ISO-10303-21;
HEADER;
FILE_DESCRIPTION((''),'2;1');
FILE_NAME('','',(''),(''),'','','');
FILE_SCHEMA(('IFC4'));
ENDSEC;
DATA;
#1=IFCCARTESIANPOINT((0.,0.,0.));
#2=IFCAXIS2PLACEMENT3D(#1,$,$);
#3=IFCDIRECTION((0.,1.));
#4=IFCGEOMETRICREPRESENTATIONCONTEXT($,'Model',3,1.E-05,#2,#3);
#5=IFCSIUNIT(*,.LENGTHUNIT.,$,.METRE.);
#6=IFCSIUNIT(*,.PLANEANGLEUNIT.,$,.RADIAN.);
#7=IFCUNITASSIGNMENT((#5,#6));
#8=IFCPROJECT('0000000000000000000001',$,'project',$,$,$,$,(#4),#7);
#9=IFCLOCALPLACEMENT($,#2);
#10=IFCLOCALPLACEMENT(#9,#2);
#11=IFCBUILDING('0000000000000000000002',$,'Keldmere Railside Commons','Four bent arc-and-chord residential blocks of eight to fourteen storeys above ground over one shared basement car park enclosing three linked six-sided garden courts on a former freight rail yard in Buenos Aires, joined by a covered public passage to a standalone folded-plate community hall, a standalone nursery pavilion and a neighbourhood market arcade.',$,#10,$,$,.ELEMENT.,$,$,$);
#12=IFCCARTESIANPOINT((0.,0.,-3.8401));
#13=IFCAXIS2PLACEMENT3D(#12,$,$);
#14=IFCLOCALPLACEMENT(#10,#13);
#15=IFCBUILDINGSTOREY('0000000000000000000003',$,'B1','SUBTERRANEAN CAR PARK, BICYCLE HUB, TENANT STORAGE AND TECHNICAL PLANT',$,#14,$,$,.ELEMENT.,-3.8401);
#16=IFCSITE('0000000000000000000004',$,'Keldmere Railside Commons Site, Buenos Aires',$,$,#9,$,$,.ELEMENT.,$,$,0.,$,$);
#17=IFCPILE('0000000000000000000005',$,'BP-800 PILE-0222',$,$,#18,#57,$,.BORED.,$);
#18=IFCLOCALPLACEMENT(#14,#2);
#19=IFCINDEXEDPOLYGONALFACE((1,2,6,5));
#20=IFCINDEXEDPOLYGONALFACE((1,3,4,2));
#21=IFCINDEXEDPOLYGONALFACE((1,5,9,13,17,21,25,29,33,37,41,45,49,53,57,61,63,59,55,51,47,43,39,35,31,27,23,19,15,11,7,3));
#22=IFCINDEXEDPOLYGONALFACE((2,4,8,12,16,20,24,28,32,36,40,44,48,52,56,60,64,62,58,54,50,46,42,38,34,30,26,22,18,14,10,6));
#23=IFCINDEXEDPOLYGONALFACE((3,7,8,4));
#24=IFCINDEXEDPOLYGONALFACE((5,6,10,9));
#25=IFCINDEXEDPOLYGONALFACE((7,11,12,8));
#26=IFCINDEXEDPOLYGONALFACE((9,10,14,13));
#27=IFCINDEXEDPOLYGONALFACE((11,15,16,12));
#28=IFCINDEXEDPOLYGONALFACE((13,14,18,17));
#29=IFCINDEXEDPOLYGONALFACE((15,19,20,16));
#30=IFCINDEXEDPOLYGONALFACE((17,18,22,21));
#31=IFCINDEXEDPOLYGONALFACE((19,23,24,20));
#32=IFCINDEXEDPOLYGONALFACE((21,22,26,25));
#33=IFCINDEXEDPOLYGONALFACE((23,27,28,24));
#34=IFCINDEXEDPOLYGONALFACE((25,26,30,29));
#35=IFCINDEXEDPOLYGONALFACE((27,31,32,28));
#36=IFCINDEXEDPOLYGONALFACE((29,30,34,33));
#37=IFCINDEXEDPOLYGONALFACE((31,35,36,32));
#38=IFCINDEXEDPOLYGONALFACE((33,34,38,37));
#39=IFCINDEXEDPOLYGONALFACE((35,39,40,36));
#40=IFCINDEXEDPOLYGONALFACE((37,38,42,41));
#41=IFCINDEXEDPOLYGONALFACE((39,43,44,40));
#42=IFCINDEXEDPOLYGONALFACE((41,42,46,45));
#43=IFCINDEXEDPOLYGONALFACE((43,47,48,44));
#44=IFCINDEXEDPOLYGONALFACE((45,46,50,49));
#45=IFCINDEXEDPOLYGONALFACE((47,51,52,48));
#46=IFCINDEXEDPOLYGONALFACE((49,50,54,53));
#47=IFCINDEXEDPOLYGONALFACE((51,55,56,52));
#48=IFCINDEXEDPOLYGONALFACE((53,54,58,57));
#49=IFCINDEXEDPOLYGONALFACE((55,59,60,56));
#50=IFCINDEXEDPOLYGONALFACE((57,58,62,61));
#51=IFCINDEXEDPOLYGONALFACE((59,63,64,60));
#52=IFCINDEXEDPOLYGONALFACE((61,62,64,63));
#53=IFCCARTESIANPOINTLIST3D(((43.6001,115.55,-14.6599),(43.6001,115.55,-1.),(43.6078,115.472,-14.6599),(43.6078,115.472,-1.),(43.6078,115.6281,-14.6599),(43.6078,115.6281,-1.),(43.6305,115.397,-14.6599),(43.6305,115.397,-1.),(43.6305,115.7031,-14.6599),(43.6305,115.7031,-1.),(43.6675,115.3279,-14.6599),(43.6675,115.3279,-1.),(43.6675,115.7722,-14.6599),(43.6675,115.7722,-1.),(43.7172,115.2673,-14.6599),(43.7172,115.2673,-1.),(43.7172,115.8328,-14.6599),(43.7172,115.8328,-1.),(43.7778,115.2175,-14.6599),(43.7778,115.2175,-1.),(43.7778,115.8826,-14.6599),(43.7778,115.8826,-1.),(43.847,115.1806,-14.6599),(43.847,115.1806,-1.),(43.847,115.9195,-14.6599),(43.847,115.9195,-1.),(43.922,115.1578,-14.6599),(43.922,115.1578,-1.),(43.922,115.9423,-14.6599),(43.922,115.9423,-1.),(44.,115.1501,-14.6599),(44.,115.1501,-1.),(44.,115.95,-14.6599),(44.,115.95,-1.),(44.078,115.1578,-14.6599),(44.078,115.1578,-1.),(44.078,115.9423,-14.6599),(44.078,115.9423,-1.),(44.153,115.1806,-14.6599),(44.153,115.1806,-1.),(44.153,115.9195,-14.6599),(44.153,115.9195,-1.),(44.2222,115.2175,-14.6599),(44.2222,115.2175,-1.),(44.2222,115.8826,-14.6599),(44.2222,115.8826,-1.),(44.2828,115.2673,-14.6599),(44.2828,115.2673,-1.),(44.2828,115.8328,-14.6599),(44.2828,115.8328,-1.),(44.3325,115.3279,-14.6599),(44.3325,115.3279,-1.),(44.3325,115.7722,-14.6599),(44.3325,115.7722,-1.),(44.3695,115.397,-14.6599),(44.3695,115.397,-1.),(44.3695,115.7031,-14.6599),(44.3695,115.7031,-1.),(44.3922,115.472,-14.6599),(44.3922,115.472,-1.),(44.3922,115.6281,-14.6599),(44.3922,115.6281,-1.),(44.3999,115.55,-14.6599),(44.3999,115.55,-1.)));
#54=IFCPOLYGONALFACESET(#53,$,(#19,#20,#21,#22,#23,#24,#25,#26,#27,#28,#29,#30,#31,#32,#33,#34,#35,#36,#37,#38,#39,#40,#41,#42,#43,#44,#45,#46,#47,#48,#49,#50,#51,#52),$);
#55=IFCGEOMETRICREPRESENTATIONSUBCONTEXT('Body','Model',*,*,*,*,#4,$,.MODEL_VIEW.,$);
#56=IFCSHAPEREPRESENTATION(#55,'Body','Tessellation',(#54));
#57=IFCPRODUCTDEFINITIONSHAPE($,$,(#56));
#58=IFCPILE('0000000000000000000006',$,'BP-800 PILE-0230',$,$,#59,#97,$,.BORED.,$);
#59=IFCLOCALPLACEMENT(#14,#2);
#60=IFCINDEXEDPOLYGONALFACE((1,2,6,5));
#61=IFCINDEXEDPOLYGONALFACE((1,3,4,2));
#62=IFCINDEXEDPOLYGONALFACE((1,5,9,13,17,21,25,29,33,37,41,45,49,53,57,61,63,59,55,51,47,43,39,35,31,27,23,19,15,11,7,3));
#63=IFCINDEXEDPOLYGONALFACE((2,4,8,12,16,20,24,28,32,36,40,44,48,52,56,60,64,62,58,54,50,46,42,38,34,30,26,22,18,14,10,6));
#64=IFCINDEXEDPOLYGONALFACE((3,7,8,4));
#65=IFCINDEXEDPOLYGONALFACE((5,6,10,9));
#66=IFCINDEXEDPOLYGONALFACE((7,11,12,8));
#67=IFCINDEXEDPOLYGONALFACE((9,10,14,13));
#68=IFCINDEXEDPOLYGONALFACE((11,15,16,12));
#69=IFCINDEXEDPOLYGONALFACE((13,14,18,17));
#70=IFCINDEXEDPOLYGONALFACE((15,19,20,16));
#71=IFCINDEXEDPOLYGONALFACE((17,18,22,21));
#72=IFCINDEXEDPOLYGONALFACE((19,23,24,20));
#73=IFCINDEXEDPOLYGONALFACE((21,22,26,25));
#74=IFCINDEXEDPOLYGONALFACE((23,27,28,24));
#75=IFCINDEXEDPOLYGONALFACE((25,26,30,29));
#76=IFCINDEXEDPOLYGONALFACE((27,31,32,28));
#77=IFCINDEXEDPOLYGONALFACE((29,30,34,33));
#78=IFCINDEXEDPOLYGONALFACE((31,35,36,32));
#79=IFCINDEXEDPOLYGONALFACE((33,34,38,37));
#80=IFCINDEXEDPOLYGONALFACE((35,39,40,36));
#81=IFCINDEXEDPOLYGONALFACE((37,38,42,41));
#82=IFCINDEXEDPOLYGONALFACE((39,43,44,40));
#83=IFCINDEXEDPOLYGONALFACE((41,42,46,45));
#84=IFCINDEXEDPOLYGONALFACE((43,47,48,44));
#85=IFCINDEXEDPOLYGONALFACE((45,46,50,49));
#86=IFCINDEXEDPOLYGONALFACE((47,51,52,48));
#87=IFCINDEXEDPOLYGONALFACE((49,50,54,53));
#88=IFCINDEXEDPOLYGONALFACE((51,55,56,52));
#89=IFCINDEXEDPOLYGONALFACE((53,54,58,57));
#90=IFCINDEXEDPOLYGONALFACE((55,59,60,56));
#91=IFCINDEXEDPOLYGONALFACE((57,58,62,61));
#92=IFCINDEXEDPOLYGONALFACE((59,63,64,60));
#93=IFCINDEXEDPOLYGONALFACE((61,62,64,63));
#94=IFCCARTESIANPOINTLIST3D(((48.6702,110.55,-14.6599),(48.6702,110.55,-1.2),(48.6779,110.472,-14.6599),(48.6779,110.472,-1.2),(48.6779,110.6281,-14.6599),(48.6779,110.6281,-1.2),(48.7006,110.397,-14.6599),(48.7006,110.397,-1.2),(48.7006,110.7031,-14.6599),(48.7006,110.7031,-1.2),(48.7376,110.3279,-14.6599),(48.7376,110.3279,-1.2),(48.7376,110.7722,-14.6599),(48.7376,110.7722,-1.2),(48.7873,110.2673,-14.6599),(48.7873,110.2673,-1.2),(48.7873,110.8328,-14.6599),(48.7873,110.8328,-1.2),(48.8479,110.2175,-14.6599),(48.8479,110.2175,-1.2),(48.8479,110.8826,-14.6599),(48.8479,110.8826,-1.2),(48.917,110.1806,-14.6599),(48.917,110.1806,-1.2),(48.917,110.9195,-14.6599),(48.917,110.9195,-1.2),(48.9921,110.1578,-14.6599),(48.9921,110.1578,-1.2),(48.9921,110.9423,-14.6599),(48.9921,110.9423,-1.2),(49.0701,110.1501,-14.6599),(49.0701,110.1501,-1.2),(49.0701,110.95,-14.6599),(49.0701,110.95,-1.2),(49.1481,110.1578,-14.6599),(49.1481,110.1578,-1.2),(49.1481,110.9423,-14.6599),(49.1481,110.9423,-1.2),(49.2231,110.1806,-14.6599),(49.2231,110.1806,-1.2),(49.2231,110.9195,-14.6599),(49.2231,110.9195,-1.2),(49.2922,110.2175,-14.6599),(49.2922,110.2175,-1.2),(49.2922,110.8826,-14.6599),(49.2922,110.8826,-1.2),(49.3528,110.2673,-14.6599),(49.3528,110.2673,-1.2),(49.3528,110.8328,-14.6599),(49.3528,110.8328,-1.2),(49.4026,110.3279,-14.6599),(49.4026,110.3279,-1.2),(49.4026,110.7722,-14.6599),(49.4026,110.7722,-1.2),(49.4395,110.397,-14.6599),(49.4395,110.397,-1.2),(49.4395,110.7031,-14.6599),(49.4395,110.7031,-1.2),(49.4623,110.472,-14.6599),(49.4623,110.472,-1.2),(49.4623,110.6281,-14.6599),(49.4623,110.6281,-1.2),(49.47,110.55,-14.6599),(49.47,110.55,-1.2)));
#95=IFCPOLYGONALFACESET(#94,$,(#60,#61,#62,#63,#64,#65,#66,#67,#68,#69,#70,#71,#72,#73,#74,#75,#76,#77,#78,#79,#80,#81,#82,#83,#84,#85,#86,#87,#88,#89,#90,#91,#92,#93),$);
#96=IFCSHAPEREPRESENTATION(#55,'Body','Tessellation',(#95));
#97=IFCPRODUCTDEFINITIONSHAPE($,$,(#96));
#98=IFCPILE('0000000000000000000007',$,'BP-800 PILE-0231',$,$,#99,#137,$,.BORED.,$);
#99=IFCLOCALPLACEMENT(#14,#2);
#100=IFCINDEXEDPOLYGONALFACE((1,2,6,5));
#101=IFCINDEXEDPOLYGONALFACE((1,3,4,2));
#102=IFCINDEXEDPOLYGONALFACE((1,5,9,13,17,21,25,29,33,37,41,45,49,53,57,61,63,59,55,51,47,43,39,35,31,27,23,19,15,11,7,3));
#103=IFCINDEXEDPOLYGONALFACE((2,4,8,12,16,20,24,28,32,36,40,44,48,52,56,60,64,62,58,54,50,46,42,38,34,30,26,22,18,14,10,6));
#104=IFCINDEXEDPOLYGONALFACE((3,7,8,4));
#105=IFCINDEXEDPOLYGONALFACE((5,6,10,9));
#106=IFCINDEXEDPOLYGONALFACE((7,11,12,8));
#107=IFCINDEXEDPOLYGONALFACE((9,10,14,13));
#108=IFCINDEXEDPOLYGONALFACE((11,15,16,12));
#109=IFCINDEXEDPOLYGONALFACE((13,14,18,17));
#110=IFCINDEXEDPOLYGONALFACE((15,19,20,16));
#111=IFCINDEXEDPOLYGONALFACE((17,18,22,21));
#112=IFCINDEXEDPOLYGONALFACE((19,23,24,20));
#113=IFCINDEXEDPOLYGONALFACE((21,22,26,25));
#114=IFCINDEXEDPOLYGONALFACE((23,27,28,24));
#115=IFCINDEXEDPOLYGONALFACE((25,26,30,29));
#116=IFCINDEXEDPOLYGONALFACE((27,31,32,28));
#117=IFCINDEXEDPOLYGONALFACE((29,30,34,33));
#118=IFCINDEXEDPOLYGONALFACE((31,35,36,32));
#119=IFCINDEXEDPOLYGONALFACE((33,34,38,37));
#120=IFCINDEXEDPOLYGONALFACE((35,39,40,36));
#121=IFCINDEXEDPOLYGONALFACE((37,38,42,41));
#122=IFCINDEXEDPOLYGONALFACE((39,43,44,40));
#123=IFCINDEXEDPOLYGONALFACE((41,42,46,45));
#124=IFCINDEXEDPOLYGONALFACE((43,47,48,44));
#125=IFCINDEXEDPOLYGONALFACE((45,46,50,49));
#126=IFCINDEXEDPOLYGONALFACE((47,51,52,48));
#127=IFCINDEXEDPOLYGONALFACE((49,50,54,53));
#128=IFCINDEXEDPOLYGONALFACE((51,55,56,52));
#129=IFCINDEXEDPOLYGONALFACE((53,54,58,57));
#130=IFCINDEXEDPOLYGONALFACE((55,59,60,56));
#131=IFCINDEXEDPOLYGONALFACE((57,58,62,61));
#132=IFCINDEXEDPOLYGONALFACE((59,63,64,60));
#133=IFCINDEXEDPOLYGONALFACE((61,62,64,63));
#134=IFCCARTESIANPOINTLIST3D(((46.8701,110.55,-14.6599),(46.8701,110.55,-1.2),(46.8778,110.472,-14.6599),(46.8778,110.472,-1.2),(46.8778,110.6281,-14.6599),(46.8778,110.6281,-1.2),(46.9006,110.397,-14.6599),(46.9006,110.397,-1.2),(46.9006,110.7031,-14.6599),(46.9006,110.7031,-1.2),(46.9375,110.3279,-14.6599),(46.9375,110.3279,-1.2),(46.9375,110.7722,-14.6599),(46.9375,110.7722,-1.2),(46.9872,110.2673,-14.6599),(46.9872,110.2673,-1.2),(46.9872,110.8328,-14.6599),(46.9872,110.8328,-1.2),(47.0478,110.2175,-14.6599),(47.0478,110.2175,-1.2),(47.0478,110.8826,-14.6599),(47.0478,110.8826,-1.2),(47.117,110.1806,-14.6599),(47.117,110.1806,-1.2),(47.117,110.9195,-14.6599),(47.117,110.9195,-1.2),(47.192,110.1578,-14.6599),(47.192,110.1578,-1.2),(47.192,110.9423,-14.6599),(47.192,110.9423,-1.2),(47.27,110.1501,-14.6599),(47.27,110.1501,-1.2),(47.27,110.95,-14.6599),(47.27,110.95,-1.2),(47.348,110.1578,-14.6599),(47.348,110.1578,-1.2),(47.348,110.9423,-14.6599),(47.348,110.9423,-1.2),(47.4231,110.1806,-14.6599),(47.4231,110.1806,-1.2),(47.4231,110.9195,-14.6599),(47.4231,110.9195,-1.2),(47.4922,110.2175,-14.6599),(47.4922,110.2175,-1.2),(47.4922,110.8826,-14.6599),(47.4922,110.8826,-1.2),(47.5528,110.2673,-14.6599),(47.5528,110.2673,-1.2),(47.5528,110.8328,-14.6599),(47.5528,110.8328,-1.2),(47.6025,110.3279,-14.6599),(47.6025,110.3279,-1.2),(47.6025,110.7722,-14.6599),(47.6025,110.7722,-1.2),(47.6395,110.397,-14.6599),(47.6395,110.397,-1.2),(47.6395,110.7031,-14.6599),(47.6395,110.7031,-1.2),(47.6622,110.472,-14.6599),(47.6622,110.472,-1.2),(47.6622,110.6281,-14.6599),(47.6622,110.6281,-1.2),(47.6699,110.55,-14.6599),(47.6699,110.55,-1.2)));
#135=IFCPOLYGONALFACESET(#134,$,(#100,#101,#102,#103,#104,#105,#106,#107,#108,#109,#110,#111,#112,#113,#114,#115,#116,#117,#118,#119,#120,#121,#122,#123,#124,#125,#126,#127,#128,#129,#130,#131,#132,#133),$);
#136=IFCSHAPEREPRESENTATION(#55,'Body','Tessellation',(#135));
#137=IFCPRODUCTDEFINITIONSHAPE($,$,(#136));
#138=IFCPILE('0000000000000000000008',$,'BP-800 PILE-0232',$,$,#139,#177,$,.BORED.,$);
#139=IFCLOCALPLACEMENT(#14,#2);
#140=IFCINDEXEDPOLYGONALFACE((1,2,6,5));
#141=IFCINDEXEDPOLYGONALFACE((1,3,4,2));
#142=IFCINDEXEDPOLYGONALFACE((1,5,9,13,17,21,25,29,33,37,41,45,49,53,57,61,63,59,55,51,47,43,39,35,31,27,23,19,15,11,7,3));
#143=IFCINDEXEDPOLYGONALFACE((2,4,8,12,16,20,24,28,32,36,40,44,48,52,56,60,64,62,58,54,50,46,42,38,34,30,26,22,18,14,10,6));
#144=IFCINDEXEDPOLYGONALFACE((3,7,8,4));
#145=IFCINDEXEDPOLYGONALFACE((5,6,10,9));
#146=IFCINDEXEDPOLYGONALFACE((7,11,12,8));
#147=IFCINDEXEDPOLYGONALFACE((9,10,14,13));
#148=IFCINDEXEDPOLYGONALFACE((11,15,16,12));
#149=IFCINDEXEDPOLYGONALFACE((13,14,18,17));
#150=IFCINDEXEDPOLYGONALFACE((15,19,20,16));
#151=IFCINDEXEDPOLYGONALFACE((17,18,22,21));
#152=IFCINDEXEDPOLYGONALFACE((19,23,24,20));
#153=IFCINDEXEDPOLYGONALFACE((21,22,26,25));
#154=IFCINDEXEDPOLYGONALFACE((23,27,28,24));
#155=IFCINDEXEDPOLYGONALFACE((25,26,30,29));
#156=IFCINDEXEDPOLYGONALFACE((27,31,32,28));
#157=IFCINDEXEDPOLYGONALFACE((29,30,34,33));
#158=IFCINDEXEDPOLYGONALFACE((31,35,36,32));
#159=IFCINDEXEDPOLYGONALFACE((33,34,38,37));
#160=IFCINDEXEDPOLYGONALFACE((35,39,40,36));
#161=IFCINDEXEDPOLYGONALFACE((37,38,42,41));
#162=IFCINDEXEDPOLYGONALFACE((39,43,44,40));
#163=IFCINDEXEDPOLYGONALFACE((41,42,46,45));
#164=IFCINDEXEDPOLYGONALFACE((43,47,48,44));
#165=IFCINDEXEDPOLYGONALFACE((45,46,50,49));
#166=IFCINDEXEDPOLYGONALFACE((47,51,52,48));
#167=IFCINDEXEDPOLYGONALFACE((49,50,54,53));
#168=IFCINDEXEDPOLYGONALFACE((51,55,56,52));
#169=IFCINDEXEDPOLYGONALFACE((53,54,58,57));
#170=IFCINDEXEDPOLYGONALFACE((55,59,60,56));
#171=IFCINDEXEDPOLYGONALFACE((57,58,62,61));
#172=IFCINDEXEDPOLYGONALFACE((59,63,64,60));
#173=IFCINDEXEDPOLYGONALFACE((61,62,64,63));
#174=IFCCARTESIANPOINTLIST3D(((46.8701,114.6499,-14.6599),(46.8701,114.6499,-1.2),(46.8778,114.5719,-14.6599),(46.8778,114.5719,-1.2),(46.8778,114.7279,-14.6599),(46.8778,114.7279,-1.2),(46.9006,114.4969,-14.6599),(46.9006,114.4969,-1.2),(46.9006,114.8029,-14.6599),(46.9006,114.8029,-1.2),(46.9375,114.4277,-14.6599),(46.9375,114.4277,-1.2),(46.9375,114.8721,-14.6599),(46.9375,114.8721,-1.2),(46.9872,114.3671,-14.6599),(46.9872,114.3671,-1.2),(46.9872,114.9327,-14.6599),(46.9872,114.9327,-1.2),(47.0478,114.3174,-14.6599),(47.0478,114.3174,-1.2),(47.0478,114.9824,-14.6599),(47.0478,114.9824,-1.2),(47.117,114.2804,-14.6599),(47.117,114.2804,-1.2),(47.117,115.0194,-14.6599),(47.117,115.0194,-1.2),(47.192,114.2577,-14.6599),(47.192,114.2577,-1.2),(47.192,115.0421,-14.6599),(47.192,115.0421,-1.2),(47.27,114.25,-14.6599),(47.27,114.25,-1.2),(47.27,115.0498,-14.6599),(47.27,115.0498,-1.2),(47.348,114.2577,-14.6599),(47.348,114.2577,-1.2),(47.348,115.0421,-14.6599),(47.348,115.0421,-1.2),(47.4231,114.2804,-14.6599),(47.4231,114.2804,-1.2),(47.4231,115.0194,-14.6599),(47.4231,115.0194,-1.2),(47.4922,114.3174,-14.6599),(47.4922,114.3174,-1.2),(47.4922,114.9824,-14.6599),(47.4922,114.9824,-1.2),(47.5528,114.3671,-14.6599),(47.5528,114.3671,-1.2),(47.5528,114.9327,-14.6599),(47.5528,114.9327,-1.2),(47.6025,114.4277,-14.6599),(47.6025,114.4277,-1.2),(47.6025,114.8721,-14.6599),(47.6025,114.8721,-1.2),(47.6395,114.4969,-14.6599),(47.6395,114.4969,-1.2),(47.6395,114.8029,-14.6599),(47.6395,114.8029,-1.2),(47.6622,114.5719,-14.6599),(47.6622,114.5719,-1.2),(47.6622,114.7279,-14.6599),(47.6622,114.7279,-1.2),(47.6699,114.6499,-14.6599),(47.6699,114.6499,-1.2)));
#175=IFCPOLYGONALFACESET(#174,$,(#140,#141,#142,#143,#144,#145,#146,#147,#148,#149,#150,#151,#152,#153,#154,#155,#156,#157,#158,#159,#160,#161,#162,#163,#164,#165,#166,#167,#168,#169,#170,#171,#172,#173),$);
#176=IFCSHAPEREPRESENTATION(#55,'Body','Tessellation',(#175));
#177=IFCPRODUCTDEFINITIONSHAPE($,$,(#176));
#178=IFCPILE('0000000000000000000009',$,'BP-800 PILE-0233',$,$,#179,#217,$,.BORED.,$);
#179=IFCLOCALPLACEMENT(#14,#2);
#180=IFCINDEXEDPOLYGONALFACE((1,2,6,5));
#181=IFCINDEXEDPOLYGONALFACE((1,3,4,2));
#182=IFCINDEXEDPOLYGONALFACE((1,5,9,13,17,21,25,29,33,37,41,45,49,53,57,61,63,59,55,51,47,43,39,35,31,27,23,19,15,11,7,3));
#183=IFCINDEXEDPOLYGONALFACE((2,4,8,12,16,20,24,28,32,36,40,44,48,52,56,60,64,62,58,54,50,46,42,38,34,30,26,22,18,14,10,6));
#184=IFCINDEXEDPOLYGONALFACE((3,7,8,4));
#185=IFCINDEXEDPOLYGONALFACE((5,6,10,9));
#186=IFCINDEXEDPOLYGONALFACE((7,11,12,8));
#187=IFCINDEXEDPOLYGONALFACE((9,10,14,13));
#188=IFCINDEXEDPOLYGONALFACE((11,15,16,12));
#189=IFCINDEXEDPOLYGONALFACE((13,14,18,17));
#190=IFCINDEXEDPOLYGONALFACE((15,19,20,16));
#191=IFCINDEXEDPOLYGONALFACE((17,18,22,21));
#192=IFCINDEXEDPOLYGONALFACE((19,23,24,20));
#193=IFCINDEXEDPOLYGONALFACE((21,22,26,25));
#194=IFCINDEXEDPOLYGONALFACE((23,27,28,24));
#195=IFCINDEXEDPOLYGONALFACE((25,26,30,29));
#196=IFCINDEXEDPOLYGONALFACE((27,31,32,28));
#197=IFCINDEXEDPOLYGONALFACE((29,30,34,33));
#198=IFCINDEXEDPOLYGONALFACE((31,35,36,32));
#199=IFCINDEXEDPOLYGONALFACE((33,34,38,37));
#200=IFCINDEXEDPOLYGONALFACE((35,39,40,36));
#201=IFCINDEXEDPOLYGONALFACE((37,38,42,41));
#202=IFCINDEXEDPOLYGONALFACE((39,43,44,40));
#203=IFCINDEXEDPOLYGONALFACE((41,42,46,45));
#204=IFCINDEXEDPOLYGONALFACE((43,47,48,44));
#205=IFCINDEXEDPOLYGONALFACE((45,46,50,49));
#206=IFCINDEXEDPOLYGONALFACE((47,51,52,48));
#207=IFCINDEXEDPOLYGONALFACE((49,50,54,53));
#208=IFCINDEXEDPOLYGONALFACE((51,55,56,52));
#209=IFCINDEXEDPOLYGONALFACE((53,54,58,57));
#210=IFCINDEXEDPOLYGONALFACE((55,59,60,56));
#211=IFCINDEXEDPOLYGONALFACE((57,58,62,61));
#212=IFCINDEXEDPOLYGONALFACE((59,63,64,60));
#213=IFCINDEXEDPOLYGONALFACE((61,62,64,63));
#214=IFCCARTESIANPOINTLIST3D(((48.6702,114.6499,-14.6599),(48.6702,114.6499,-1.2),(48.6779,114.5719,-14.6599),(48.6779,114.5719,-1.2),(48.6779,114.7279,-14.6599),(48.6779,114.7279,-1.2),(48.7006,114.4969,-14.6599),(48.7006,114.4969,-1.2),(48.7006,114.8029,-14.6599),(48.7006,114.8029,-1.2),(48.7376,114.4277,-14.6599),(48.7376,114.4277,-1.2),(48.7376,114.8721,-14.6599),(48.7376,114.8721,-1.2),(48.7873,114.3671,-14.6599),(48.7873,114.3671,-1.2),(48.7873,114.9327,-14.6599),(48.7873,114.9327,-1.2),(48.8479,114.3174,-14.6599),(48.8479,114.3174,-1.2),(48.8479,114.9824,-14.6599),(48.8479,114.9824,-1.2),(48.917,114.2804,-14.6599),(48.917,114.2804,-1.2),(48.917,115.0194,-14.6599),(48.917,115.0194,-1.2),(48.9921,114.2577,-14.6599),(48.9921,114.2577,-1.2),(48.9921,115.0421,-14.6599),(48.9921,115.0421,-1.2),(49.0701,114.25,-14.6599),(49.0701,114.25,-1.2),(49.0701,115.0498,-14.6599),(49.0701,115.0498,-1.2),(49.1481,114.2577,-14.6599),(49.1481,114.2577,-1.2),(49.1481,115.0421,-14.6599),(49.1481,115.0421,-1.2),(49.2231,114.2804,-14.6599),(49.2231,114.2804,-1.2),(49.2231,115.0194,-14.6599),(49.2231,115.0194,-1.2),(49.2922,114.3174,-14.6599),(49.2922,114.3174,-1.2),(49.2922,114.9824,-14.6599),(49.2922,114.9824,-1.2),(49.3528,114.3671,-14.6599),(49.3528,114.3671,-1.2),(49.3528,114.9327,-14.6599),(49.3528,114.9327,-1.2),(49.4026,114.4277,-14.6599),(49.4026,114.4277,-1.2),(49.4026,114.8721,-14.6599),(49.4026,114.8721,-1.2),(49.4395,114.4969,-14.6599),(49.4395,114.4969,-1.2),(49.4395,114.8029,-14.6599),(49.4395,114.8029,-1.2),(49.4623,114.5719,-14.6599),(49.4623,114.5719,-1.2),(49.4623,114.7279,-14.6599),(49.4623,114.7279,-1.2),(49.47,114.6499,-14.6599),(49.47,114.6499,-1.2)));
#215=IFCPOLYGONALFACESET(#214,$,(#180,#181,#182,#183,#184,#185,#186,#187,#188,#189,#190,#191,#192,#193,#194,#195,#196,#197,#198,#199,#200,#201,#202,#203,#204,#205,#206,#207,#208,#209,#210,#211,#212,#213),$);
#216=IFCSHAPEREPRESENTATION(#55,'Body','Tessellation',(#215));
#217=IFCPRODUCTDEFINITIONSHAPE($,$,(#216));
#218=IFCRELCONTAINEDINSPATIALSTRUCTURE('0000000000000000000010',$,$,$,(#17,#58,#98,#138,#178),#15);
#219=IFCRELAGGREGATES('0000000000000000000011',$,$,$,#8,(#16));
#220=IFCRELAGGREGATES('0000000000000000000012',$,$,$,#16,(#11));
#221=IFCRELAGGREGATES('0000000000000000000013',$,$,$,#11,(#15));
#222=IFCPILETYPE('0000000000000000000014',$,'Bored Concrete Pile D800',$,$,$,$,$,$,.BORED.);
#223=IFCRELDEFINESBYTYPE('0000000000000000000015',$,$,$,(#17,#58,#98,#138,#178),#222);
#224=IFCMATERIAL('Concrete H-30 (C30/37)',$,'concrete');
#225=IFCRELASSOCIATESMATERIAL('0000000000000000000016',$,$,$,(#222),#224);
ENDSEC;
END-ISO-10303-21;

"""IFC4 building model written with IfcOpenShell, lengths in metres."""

from ifc_helpers import new_model, si_unit, direction, frame, origin, origin_2d, place, context, subcontext, project, spatial, circle, extrude, material, material_profile, profile_set, type_object, element, save


model = new_model("IFC4")

# Units and contexts
model_context = context("Model", 3, precision=1e-05, world=origin(), true_north=direction((0.0, 1.0)))
body_context = subcontext(model_context, "Body", "Model", "MODEL_VIEW")
ifc_project = project(units=[si_unit("LENGTHUNIT", "METRE"), si_unit("PLANEANGLEUNIT", "RADIAN")], contexts=[model_context])

# Site, building, storey
site_placement = place(None, origin())
site = spatial("IfcSite", under=ifc_project, at=site_placement, Name="Keldmere Railside Commons Site, Buenos Aires", CompositionType="ELEMENT", RefElevation=0.0)
building_placement = place(site_placement, origin())
building = spatial("IfcBuilding", under=site, at=building_placement, Name="Keldmere Railside Commons", Description="Four bent arc-and-chord residential blocks of eight to fourteen storeys above ground over one shared basement car park enclosing three linked six-sided garden courts on a former freight rail yard in Buenos Aires, joined by a covered public passage to a standalone folded-plate community hall, a standalone nursery pavilion and a neighbourhood market arcade.", CompositionType="ELEMENT")
storey_placement = place(building_placement, frame((0.0, 0.0, -3.8401)))
storey = spatial("IfcBuildingStorey", under=building, at=storey_placement, Name="B1", Description="SUBTERRANEAN CAR PARK, BICYCLE HUB, TENANT STORAGE AND TECHNICAL PLANT", CompositionType="ELEMENT", Elevation=-3.8401)

# Piles
ifc_material_1 = material(Name="Concrete H-30 (C30/37)", Category="concrete")
ifc_material_profile_1 = material_profile(ifc_material_1, circle(Radius=0.3999, at=origin_2d()), Name="PILE-D800")
ifc_profile_set_1 = profile_set([ifc_material_profile_1], Name="Concrete H-30 (C30/37)")
pile_type = type_object("IfcPileType", Name="Bored Concrete Pile D800", PredefinedType="BORED", material=ifc_profile_set_1)
pile_placement = place(storey_placement, frame((44.0, 115.55, -1.0), z_axis=(0.0, 0.0, -1.0), x_axis=(1.0, 0.0, 0.0)))
element("IfcPile", 1, at=pile_placement, inside=storey, type_object=pile_type, Name="BP-800 PILE-0222", PredefinedType="BORED", context=body_context, shape_type="SweptSolid", body=[
    extrude(circle(Radius=0.3999, at=origin_2d()), origin(), (0.0, 0.0, 1.0), 13.6599),
])
for number, where, z_axis, x_axis, name in (
    (2, (49.0701, 110.55, -1.2), (0.0, 0.0, -1.0), (1.0, 0.0, 0.0), "BP-800 PILE-0230"),
    (3, (47.27, 110.55, -1.2), (0.0, 0.0, -1.0), (1.0, 0.0, 0.0), "BP-800 PILE-0231"),
    (4, (47.27, 114.6499, -1.2), (0.0, 0.0, -1.0), (1.0, 0.0, 0.0), "BP-800 PILE-0232"),
    (5, (49.0701, 114.6499, -1.2), (0.0, 0.0, -1.0), (1.0, 0.0, 0.0), "BP-800 PILE-0233"),
):
    element("IfcPile", number, at=place(storey_placement, frame(where, z_axis=z_axis, x_axis=x_axis)), inside=storey, type_object=pile_type, Name=name, PredefinedType="BORED", context=body_context, shape_type="SweptSolid", body=[
        extrude(circle(Radius=0.3999, at=origin_2d()), origin(), (0.0, 0.0, 1.0), 13.46),
    ])

save(model, "model.ifc")
